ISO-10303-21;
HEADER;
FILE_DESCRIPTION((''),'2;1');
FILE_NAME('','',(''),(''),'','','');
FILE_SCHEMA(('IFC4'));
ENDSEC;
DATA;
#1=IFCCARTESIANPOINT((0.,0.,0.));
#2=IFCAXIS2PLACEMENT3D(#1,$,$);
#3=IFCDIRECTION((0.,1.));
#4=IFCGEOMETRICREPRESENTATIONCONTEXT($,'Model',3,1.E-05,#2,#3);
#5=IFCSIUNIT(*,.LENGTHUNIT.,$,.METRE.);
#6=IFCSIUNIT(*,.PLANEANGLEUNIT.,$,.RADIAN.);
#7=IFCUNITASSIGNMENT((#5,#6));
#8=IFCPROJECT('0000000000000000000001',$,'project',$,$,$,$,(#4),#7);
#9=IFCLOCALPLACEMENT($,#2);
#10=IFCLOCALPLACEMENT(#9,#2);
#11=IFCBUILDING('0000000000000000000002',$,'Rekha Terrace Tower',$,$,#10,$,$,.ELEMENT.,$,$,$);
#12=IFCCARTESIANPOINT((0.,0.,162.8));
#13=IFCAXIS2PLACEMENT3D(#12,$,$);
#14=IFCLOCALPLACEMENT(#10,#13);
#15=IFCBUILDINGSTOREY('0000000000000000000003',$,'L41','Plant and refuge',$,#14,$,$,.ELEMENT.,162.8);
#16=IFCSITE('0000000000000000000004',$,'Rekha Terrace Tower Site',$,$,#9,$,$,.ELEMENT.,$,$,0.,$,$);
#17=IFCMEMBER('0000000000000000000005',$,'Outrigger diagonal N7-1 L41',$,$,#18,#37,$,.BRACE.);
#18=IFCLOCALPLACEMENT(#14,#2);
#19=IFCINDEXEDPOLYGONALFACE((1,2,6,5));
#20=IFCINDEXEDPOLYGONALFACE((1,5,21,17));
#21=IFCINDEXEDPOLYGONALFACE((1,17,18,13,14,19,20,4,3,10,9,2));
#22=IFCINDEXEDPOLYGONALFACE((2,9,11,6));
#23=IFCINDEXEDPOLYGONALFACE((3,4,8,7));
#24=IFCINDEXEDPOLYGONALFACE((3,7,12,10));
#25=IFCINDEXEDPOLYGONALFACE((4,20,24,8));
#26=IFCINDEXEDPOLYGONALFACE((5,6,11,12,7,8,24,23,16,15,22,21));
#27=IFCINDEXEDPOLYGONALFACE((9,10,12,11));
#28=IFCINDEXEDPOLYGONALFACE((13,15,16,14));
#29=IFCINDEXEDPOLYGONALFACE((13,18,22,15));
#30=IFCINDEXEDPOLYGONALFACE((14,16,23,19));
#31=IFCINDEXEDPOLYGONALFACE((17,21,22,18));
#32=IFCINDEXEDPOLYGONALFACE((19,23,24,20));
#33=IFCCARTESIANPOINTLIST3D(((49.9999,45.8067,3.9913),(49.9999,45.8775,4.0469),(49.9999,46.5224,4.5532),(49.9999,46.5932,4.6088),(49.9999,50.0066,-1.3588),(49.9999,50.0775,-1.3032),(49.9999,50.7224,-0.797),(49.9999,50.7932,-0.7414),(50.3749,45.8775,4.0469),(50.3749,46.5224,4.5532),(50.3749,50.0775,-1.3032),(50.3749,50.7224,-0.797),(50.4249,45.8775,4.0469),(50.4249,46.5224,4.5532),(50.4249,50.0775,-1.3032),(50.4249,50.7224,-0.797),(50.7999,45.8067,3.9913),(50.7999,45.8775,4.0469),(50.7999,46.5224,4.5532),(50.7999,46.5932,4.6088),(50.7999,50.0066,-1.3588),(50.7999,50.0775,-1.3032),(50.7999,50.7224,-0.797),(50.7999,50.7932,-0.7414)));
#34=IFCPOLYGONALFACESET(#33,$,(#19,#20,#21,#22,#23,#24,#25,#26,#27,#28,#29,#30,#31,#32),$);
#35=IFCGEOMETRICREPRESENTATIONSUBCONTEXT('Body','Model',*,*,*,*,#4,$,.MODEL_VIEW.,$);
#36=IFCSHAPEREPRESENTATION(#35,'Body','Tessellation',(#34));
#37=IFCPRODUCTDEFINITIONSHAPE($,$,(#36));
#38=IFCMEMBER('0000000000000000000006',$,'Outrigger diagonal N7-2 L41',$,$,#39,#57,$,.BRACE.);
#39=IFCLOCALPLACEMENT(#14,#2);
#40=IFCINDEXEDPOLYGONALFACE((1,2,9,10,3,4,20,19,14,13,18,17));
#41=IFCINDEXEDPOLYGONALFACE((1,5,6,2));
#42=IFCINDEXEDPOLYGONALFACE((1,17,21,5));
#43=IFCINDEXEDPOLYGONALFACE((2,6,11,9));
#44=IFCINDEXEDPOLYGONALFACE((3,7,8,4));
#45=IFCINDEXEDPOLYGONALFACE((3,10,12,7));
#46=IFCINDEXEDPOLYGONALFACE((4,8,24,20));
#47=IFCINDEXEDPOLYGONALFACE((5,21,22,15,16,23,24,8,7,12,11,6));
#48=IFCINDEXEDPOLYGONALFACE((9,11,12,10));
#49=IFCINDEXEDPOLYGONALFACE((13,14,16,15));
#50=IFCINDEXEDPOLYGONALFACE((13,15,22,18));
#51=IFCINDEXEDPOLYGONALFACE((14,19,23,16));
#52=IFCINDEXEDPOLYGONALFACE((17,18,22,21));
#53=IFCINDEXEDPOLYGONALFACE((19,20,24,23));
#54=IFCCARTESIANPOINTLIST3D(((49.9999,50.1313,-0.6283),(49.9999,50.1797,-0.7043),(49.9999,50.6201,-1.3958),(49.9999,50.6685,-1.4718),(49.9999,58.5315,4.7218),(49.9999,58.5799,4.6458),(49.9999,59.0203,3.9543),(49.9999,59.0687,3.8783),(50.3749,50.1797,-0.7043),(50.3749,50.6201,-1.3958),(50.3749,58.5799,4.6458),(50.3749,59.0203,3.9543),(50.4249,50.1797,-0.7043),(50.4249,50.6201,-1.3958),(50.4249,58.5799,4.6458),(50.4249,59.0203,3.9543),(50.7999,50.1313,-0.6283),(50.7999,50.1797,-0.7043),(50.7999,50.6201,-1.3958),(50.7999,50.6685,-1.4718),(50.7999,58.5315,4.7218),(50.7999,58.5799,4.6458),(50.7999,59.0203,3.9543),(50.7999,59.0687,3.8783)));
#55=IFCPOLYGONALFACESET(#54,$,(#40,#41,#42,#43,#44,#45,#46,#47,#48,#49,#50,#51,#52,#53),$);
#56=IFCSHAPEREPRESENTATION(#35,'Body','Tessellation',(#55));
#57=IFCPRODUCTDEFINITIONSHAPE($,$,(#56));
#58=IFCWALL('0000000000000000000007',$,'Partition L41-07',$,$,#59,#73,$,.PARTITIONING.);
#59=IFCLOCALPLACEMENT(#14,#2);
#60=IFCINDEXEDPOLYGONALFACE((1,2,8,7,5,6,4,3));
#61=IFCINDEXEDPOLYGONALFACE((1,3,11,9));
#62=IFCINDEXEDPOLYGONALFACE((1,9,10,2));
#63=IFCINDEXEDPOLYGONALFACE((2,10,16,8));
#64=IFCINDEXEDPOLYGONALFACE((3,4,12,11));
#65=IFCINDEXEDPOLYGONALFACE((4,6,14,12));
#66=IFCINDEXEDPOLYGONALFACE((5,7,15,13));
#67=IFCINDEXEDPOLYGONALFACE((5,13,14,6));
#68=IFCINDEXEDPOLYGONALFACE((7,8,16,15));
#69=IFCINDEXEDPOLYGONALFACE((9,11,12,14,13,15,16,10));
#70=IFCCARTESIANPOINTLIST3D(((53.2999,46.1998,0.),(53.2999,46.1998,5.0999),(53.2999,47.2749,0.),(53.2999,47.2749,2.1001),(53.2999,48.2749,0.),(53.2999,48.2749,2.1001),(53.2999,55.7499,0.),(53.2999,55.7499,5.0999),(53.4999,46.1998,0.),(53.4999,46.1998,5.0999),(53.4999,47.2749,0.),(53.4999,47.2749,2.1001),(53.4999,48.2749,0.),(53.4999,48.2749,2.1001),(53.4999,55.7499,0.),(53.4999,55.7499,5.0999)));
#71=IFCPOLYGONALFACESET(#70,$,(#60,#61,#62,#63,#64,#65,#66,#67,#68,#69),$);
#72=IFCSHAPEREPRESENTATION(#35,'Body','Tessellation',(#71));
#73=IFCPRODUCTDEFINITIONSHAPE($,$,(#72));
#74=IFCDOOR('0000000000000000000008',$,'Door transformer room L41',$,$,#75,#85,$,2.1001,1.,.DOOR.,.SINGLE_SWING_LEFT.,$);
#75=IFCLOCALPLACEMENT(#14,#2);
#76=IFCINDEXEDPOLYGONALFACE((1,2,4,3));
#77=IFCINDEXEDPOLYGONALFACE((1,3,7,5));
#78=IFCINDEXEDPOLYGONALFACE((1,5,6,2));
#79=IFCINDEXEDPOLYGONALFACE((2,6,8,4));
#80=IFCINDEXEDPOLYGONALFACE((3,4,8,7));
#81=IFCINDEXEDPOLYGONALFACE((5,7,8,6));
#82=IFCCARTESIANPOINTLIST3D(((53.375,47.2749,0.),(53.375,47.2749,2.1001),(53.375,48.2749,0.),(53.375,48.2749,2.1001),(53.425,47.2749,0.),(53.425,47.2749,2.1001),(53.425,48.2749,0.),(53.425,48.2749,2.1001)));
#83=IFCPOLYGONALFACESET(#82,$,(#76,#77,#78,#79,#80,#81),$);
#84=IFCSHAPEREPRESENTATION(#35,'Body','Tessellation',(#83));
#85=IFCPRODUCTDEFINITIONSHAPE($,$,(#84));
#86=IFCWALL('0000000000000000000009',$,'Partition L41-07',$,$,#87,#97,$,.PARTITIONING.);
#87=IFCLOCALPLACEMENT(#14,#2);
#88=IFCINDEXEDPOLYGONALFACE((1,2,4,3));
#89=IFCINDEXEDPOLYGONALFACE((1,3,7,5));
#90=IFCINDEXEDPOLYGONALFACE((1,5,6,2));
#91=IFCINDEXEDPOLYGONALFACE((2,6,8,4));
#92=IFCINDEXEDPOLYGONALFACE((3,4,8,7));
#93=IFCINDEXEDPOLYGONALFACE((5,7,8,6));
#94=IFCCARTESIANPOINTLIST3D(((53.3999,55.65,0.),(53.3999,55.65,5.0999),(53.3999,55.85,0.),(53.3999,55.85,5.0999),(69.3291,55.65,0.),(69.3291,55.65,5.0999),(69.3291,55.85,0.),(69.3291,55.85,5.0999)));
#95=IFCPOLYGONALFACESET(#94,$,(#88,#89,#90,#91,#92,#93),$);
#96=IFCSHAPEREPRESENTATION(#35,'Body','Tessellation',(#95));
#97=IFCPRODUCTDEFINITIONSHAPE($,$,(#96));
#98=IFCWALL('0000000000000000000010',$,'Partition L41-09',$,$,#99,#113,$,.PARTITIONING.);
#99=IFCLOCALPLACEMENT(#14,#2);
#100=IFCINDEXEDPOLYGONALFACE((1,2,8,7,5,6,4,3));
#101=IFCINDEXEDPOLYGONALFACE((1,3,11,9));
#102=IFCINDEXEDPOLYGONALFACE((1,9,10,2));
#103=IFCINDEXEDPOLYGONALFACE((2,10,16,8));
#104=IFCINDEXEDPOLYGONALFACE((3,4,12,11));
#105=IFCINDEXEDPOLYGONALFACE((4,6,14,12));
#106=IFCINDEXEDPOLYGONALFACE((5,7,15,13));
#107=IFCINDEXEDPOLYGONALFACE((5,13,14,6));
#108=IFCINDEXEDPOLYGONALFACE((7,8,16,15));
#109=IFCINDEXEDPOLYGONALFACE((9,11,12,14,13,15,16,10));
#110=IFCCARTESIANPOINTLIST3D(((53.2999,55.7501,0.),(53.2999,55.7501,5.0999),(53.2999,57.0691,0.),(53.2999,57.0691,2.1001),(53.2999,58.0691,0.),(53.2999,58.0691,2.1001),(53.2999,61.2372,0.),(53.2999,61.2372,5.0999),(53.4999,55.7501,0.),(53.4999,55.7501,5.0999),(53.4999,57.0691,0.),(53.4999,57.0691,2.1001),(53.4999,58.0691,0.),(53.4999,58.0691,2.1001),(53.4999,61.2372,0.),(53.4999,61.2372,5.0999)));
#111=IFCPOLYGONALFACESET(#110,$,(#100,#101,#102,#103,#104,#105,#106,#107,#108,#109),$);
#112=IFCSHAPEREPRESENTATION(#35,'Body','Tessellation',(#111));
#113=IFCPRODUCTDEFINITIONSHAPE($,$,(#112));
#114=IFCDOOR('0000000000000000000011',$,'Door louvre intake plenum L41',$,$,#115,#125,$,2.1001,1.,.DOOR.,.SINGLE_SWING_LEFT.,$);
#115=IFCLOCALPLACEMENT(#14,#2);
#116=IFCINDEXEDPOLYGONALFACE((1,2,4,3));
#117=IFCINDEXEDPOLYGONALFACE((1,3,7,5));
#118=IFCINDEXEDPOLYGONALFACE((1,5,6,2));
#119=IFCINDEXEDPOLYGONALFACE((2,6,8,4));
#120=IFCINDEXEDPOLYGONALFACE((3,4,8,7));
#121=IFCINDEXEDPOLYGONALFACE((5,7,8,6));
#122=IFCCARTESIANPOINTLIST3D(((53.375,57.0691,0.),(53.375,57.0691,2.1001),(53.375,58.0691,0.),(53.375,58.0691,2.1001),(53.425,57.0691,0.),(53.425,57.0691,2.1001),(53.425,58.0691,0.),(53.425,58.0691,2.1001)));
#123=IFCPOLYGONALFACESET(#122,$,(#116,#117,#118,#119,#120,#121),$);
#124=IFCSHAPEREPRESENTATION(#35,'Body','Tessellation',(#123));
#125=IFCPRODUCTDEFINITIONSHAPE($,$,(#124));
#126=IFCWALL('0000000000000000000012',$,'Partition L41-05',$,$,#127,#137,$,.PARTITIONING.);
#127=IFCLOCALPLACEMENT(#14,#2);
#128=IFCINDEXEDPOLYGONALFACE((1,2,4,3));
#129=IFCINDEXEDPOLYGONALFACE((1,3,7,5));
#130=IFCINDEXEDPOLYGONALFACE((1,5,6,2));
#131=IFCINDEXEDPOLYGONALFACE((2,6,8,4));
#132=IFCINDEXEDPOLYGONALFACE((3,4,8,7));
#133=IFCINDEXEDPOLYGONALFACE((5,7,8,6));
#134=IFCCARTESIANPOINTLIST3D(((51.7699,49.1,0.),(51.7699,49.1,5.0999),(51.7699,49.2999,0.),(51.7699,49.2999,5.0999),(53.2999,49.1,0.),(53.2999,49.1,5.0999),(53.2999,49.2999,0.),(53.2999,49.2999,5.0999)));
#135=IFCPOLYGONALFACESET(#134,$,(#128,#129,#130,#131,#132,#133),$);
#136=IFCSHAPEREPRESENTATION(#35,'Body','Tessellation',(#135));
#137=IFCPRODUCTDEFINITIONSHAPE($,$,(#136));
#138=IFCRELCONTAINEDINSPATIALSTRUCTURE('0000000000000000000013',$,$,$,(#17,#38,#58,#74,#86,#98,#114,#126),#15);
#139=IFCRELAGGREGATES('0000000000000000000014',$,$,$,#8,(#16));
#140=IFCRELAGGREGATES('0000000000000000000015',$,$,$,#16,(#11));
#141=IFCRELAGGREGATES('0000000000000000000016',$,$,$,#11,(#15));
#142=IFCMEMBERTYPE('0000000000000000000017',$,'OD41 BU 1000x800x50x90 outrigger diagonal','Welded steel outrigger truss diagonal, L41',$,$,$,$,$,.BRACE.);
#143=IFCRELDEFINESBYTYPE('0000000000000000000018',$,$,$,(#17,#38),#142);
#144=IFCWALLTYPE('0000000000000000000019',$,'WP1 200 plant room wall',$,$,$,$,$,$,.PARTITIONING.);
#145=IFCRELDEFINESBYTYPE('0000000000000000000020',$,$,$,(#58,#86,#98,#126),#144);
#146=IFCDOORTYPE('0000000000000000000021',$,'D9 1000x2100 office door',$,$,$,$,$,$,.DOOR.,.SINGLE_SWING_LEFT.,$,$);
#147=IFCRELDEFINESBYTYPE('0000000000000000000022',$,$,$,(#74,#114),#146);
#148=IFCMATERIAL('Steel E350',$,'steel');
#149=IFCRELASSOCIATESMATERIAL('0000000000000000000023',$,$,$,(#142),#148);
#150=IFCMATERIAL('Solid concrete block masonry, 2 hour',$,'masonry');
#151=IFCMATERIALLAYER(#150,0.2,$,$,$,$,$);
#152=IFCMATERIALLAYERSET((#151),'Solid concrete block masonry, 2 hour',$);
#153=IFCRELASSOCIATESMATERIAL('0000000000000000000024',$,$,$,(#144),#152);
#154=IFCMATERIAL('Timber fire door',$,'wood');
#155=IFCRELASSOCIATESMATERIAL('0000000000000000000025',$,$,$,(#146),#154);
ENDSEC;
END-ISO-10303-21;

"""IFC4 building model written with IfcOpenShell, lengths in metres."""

from ifc_helpers import new_model, si_unit, direction, frame, frame_2d, origin, origin_2d, place, context, subcontext, project, spatial, rectangle, i_section, extrude, material, layer, layer_set, material_profile, profile_set, type_object, element, fill, save


model = new_model("IFC4")

# Units and contexts
model_context = context("Model", 3, precision=1e-05, world=origin(), true_north=direction((0.0, 1.0)))
body_context = subcontext(model_context, "Body", "Model", "MODEL_VIEW")
ifc_project = project(units=[si_unit("LENGTHUNIT", "METRE"), si_unit("PLANEANGLEUNIT", "RADIAN")], contexts=[model_context])

# Site, building, storey
site_placement = place(None, origin())
site = spatial("IfcSite", under=ifc_project, at=site_placement, Name="Rekha Terrace Tower Site", CompositionType="ELEMENT", RefElevation=0.0)
building_placement = place(site_placement, origin())
building = spatial("IfcBuilding", under=site, at=building_placement, Name="Rekha Terrace Tower", CompositionType="ELEMENT")
storey_placement = place(building_placement, frame((0.0, 0.0, 162.8)))
storey = spatial("IfcBuildingStorey", under=building, at=storey_placement, Name="L41", Description="Plant and refuge", CompositionType="ELEMENT", Elevation=162.8)

# Members
ifc_material_1 = material(Name="Steel E350", Category="steel")
ifc_material_profile_1 = material_profile(ifc_material_1, i_section(OverallWidth=0.8, OverallDepth=1.0, WebThickness=0.05, FlangeThickness=0.0901, at=origin_2d()), Name="BU 1000x800x50x90")
ifc_profile_set_1 = profile_set([ifc_material_profile_1], Name="Steel E350")
member_type_1 = type_object("IfcMemberType", Name="OD41 BU 1000x800x50x90 outrigger diagonal", Description="Welded steel outrigger truss diagonal, L41", PredefinedType="BRACE", material=ifc_profile_set_1)
member_1_placement = place(storey_placement, frame((50.3999, 46.2, 4.3), z_axis=(0.0, 0.617485, -0.786582), x_axis=(-1.0, 0.0, 0.0)))
element("IfcMember", 1, at=member_1_placement, inside=storey, type_object=member_type_1, Name="Outrigger diagonal N7-1 L41", PredefinedType="BRACE", context=body_context, shape_type="SweptSolid", body=[
    extrude(i_section(OverallWidth=0.8, OverallDepth=1.0, WebThickness=0.05, FlangeThickness=0.0901, at=origin_2d()), origin(), (0.0, 0.0, 1.0), 6.8018),
])
member_2_placement = place(storey_placement, frame((50.3999, 50.3999, -1.05), z_axis=(0.0, 0.843454, 0.537201), x_axis=(-1.0, 0.0, 0.0)))
element("IfcMember", 2, at=member_2_placement, inside=storey, type_object=member_type_1, Name="Outrigger diagonal N7-2 L41", PredefinedType="BRACE", context=body_context, shape_type="SweptSolid", body=[
    extrude(i_section(OverallWidth=0.8, OverallDepth=1.0, WebThickness=0.05, FlangeThickness=0.0901, at=origin_2d()), origin(), (0.0, 0.0, 1.0), 9.9592),
])

# Wall, opening, door
ifc_material_2 = material(Name="Solid concrete block masonry, 2 hour", Category="masonry")
ifc_layer = layer(ifc_material_2, 0.2)
ifc_layer_set = layer_set([ifc_layer], Name="Solid concrete block masonry, 2 hour")
wall_type = type_object("IfcWallType", Name="WP1 200 plant room wall", PredefinedType="PARTITIONING", material=ifc_layer_set)
wall_1_placement = place(storey_placement, frame((53.3999, 46.2, 0.0), z_axis=(0.0, 0.0, 1.0), x_axis=(0.0, 1.0, 0.0)))
wall_1 = element("IfcWall", 3, at=wall_1_placement, inside=storey, type_object=wall_type, Name="Partition L41-07", PredefinedType="PARTITIONING", context=body_context, shape_type="SweptSolid", body=[
    extrude(rectangle(XDim=9.55, YDim=0.2, at=frame_2d((4.7749, 0.0))), origin(), (0.0, 0.0, 1.0), 5.0999),
])
opening_1_placement = place(wall_1_placement, frame((1.075, 0.0, 0.0)))
opening_1 = element("IfcOpeningElement", 4, at=opening_1_placement, cuts=wall_1, PredefinedType="OPENING", context=body_context, shape_type="SweptSolid", body=[
    extrude(rectangle(XDim=1.0, YDim=2.1001, at=frame_2d((0.5, 1.05))), frame((0.0, 0.1099, 0.0), z_axis=(0.0, -1.0, 0.0), x_axis=(1.0, 0.0, 0.0)), (0.0, 0.0, 1.0), 0.22),
])
ifc_material_3 = material(Name="Timber fire door", Category="wood")
door_type = type_object("IfcDoorType", Name="D9 1000x2100 office door", OperationType="SINGLE_SWING_LEFT", PredefinedType="DOOR", material=ifc_material_3)
door_1_placement = place(opening_1_placement, origin())
door_1 = element("IfcDoor", 5, at=door_1_placement, inside=storey, type_object=door_type, Name="Door transformer room L41", OperationType="SINGLE_SWING_LEFT", OverallHeight=2.1001, OverallWidth=1.0, PredefinedType="DOOR", context=body_context, shape_type="SweptSolid", body=[
    extrude(rectangle(XDim=1.0, YDim=2.1001, at=frame_2d((0.5, 1.05))), frame((0.0, 0.0249, 0.0), z_axis=(0.0, -1.0, 0.0), x_axis=(1.0, 0.0, 0.0)), (0.0, 0.0, 1.0), 0.05),
])
fill(opening_1, door_1)

# Wall
wall_2_placement = place(storey_placement, frame((53.3999, 55.75, 0.0), z_axis=(0.0, 0.0, 1.0), x_axis=(1.0, 0.0, 0.0)))
element("IfcWall", 6, at=wall_2_placement, inside=storey, type_object=wall_type, Name="Partition L41-07", PredefinedType="PARTITIONING", context=body_context, shape_type="SweptSolid", body=[
    extrude(rectangle(XDim=15.9292, YDim=0.2, at=frame_2d((7.9646, 0.0))), origin(), (0.0, 0.0, 1.0), 5.0999),
])

# Wall, opening, door
wall_3_placement = place(storey_placement, frame((53.3999, 55.75, 0.0), z_axis=(0.0, 0.0, 1.0), x_axis=(0.0, 1.0, 0.0)))
wall_3 = element("IfcWall", 7, at=wall_3_placement, inside=storey, type_object=wall_type, Name="Partition L41-09", PredefinedType="PARTITIONING", context=body_context, shape_type="SweptSolid", body=[
    extrude(rectangle(XDim=5.4871, YDim=0.2, at=frame_2d((2.7437, 0.0))), origin(), (0.0, 0.0, 1.0), 5.0999),
])
opening_2_placement = place(wall_3_placement, frame((1.3191, 0.0, 0.0)))
opening_2 = element("IfcOpeningElement", 8, at=opening_2_placement, cuts=wall_3, PredefinedType="OPENING", context=body_context, shape_type="SweptSolid", body=[
    extrude(rectangle(XDim=1.0, YDim=2.1001, at=frame_2d((0.5, 1.05))), frame((0.0, 0.1099, 0.0), z_axis=(0.0, -1.0, 0.0), x_axis=(1.0, 0.0, 0.0)), (0.0, 0.0, 1.0), 0.22),
])
door_2_placement = place(opening_2_placement, origin())
door_2 = element("IfcDoor", 9, at=door_2_placement, inside=storey, type_object=door_type, Name="Door louvre intake plenum L41", OperationType="SINGLE_SWING_LEFT", OverallHeight=2.1001, OverallWidth=1.0, PredefinedType="DOOR", context=body_context, shape_type="SweptSolid", body=[
    extrude(rectangle(XDim=1.0, YDim=2.1001, at=frame_2d((0.5, 1.05))), frame((0.0, 0.0249, 0.0), z_axis=(0.0, -1.0, 0.0), x_axis=(1.0, 0.0, 0.0)), (0.0, 0.0, 1.0), 0.05),
])
fill(opening_2, door_2)

# Wall
wall_4_placement = place(storey_placement, frame((53.3, 49.2, 0.0), z_axis=(0.0, 0.0, 1.0), x_axis=(-1.0, 0.0, 0.0)))
element("IfcWall", 10, at=wall_4_placement, inside=storey, type_object=wall_type, Name="Partition L41-05", PredefinedType="PARTITIONING", context=body_context, shape_type="SweptSolid", body=[
    extrude(rectangle(XDim=1.53, YDim=0.2, at=frame_2d((0.7651, 0.0))), origin(), (0.0, 0.0, 1.0), 5.0999),
])

save(model, "model.ifc")
